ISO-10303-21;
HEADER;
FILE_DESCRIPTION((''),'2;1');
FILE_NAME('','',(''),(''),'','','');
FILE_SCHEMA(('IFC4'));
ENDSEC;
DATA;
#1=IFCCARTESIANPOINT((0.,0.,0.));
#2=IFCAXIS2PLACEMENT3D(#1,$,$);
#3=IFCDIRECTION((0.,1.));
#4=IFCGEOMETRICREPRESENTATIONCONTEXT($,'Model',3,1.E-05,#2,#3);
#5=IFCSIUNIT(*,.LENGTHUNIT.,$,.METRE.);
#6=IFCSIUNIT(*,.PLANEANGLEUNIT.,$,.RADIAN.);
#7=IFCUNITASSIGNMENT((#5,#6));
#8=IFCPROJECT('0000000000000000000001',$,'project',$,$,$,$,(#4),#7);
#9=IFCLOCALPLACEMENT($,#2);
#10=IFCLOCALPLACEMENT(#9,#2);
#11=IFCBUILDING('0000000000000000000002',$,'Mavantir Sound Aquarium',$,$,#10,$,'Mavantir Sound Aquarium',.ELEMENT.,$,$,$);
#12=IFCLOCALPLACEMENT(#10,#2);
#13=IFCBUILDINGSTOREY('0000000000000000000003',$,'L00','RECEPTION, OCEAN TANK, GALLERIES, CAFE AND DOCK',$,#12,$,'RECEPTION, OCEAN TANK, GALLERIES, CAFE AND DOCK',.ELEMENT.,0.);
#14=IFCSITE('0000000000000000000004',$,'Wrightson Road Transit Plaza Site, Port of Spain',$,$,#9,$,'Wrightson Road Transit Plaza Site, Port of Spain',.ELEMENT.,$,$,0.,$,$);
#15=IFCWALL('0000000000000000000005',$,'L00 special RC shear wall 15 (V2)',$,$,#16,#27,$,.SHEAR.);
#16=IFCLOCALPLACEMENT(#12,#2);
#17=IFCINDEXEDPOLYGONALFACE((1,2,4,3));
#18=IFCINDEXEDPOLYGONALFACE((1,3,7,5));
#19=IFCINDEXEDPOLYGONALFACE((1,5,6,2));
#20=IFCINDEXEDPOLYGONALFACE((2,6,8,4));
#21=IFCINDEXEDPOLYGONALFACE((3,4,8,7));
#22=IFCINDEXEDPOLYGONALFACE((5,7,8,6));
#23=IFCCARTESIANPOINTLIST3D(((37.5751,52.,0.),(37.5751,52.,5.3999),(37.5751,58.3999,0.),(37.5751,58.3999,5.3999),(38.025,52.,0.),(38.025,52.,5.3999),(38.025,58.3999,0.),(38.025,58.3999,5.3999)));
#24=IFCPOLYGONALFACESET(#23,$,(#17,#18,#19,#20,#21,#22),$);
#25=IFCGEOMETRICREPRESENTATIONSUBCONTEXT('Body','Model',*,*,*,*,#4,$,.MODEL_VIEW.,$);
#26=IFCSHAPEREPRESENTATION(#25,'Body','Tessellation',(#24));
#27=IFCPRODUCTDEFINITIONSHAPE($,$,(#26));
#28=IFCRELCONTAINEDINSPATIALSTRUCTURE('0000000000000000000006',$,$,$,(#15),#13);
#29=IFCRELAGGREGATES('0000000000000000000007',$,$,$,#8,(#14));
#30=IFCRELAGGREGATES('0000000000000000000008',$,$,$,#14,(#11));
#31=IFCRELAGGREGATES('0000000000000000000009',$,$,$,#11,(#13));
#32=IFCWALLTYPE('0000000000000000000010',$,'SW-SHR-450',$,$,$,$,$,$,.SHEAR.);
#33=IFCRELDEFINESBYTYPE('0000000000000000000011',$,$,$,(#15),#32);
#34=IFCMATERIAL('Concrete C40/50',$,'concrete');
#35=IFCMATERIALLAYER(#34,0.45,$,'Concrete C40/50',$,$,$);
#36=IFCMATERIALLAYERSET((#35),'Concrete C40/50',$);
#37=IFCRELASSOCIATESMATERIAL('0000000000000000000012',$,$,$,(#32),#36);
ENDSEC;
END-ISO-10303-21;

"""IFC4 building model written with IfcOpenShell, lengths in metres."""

from ifc_helpers import new_model, si_unit, direction, frame, frame_2d, origin, place, context, subcontext, project, spatial, rectangle, extrude, material, layer, layer_set, type_object, element, save


model = new_model("IFC4")

# Units and contexts
model_context = context("Model", 3, precision=1e-05, world=origin(), true_north=direction((0.0, 1.0)))
body_context = subcontext(model_context, "Body", "Model", "MODEL_VIEW")
ifc_project = project(units=[si_unit("LENGTHUNIT", "METRE"), si_unit("PLANEANGLEUNIT", "RADIAN")], contexts=[model_context])

# Site, building, storey
site_placement = place(None, origin())
site = spatial("IfcSite", under=ifc_project, at=site_placement, Name="Wrightson Road Transit Plaza Site, Port of Spain", LongName="Wrightson Road Transit Plaza Site, Port of Spain", CompositionType="ELEMENT", RefElevation=0.0)
building_placement = place(site_placement, origin())
building = spatial("IfcBuilding", under=site, at=building_placement, Name="Mavantir Sound Aquarium", LongName="Mavantir Sound Aquarium", CompositionType="ELEMENT")
storey_placement = place(building_placement, origin())
storey = spatial("IfcBuildingStorey", under=building, at=storey_placement, Name="L00", Description="RECEPTION, OCEAN TANK, GALLERIES, CAFE AND DOCK", LongName="RECEPTION, OCEAN TANK, GALLERIES, CAFE AND DOCK", CompositionType="ELEMENT", Elevation=0.0)

# Wall
ifc_material_1 = material(Name="Concrete C40/50", Category="concrete")
ifc_layer_1 = layer(ifc_material_1, 0.45, Name="Concrete C40/50")
ifc_layer_set_1 = layer_set([ifc_layer_1], Name="Concrete C40/50")
wall_type = type_object("IfcWallType", Name="SW-SHR-450", PredefinedType="SHEAR", material=ifc_layer_set_1)
wall_placement = place(storey_placement, frame((37.8, 52.0, 0.0), z_axis=(0.0, 0.0, 1.0), x_axis=(0.0, 1.0, 0.0)))
element("IfcWall", 1, at=wall_placement, inside=storey, type_object=wall_type, Name="L00 special RC shear wall 15 (V2)", PredefinedType="SHEAR", context=body_context, shape_type="SweptSolid", body=[
    extrude(rectangle(XDim=6.3999, YDim=0.45, at=frame_2d((3.2, 0.0))), origin(), (0.0, 0.0, 1.0), 5.3999),
])

save(model, "model.ifc")
